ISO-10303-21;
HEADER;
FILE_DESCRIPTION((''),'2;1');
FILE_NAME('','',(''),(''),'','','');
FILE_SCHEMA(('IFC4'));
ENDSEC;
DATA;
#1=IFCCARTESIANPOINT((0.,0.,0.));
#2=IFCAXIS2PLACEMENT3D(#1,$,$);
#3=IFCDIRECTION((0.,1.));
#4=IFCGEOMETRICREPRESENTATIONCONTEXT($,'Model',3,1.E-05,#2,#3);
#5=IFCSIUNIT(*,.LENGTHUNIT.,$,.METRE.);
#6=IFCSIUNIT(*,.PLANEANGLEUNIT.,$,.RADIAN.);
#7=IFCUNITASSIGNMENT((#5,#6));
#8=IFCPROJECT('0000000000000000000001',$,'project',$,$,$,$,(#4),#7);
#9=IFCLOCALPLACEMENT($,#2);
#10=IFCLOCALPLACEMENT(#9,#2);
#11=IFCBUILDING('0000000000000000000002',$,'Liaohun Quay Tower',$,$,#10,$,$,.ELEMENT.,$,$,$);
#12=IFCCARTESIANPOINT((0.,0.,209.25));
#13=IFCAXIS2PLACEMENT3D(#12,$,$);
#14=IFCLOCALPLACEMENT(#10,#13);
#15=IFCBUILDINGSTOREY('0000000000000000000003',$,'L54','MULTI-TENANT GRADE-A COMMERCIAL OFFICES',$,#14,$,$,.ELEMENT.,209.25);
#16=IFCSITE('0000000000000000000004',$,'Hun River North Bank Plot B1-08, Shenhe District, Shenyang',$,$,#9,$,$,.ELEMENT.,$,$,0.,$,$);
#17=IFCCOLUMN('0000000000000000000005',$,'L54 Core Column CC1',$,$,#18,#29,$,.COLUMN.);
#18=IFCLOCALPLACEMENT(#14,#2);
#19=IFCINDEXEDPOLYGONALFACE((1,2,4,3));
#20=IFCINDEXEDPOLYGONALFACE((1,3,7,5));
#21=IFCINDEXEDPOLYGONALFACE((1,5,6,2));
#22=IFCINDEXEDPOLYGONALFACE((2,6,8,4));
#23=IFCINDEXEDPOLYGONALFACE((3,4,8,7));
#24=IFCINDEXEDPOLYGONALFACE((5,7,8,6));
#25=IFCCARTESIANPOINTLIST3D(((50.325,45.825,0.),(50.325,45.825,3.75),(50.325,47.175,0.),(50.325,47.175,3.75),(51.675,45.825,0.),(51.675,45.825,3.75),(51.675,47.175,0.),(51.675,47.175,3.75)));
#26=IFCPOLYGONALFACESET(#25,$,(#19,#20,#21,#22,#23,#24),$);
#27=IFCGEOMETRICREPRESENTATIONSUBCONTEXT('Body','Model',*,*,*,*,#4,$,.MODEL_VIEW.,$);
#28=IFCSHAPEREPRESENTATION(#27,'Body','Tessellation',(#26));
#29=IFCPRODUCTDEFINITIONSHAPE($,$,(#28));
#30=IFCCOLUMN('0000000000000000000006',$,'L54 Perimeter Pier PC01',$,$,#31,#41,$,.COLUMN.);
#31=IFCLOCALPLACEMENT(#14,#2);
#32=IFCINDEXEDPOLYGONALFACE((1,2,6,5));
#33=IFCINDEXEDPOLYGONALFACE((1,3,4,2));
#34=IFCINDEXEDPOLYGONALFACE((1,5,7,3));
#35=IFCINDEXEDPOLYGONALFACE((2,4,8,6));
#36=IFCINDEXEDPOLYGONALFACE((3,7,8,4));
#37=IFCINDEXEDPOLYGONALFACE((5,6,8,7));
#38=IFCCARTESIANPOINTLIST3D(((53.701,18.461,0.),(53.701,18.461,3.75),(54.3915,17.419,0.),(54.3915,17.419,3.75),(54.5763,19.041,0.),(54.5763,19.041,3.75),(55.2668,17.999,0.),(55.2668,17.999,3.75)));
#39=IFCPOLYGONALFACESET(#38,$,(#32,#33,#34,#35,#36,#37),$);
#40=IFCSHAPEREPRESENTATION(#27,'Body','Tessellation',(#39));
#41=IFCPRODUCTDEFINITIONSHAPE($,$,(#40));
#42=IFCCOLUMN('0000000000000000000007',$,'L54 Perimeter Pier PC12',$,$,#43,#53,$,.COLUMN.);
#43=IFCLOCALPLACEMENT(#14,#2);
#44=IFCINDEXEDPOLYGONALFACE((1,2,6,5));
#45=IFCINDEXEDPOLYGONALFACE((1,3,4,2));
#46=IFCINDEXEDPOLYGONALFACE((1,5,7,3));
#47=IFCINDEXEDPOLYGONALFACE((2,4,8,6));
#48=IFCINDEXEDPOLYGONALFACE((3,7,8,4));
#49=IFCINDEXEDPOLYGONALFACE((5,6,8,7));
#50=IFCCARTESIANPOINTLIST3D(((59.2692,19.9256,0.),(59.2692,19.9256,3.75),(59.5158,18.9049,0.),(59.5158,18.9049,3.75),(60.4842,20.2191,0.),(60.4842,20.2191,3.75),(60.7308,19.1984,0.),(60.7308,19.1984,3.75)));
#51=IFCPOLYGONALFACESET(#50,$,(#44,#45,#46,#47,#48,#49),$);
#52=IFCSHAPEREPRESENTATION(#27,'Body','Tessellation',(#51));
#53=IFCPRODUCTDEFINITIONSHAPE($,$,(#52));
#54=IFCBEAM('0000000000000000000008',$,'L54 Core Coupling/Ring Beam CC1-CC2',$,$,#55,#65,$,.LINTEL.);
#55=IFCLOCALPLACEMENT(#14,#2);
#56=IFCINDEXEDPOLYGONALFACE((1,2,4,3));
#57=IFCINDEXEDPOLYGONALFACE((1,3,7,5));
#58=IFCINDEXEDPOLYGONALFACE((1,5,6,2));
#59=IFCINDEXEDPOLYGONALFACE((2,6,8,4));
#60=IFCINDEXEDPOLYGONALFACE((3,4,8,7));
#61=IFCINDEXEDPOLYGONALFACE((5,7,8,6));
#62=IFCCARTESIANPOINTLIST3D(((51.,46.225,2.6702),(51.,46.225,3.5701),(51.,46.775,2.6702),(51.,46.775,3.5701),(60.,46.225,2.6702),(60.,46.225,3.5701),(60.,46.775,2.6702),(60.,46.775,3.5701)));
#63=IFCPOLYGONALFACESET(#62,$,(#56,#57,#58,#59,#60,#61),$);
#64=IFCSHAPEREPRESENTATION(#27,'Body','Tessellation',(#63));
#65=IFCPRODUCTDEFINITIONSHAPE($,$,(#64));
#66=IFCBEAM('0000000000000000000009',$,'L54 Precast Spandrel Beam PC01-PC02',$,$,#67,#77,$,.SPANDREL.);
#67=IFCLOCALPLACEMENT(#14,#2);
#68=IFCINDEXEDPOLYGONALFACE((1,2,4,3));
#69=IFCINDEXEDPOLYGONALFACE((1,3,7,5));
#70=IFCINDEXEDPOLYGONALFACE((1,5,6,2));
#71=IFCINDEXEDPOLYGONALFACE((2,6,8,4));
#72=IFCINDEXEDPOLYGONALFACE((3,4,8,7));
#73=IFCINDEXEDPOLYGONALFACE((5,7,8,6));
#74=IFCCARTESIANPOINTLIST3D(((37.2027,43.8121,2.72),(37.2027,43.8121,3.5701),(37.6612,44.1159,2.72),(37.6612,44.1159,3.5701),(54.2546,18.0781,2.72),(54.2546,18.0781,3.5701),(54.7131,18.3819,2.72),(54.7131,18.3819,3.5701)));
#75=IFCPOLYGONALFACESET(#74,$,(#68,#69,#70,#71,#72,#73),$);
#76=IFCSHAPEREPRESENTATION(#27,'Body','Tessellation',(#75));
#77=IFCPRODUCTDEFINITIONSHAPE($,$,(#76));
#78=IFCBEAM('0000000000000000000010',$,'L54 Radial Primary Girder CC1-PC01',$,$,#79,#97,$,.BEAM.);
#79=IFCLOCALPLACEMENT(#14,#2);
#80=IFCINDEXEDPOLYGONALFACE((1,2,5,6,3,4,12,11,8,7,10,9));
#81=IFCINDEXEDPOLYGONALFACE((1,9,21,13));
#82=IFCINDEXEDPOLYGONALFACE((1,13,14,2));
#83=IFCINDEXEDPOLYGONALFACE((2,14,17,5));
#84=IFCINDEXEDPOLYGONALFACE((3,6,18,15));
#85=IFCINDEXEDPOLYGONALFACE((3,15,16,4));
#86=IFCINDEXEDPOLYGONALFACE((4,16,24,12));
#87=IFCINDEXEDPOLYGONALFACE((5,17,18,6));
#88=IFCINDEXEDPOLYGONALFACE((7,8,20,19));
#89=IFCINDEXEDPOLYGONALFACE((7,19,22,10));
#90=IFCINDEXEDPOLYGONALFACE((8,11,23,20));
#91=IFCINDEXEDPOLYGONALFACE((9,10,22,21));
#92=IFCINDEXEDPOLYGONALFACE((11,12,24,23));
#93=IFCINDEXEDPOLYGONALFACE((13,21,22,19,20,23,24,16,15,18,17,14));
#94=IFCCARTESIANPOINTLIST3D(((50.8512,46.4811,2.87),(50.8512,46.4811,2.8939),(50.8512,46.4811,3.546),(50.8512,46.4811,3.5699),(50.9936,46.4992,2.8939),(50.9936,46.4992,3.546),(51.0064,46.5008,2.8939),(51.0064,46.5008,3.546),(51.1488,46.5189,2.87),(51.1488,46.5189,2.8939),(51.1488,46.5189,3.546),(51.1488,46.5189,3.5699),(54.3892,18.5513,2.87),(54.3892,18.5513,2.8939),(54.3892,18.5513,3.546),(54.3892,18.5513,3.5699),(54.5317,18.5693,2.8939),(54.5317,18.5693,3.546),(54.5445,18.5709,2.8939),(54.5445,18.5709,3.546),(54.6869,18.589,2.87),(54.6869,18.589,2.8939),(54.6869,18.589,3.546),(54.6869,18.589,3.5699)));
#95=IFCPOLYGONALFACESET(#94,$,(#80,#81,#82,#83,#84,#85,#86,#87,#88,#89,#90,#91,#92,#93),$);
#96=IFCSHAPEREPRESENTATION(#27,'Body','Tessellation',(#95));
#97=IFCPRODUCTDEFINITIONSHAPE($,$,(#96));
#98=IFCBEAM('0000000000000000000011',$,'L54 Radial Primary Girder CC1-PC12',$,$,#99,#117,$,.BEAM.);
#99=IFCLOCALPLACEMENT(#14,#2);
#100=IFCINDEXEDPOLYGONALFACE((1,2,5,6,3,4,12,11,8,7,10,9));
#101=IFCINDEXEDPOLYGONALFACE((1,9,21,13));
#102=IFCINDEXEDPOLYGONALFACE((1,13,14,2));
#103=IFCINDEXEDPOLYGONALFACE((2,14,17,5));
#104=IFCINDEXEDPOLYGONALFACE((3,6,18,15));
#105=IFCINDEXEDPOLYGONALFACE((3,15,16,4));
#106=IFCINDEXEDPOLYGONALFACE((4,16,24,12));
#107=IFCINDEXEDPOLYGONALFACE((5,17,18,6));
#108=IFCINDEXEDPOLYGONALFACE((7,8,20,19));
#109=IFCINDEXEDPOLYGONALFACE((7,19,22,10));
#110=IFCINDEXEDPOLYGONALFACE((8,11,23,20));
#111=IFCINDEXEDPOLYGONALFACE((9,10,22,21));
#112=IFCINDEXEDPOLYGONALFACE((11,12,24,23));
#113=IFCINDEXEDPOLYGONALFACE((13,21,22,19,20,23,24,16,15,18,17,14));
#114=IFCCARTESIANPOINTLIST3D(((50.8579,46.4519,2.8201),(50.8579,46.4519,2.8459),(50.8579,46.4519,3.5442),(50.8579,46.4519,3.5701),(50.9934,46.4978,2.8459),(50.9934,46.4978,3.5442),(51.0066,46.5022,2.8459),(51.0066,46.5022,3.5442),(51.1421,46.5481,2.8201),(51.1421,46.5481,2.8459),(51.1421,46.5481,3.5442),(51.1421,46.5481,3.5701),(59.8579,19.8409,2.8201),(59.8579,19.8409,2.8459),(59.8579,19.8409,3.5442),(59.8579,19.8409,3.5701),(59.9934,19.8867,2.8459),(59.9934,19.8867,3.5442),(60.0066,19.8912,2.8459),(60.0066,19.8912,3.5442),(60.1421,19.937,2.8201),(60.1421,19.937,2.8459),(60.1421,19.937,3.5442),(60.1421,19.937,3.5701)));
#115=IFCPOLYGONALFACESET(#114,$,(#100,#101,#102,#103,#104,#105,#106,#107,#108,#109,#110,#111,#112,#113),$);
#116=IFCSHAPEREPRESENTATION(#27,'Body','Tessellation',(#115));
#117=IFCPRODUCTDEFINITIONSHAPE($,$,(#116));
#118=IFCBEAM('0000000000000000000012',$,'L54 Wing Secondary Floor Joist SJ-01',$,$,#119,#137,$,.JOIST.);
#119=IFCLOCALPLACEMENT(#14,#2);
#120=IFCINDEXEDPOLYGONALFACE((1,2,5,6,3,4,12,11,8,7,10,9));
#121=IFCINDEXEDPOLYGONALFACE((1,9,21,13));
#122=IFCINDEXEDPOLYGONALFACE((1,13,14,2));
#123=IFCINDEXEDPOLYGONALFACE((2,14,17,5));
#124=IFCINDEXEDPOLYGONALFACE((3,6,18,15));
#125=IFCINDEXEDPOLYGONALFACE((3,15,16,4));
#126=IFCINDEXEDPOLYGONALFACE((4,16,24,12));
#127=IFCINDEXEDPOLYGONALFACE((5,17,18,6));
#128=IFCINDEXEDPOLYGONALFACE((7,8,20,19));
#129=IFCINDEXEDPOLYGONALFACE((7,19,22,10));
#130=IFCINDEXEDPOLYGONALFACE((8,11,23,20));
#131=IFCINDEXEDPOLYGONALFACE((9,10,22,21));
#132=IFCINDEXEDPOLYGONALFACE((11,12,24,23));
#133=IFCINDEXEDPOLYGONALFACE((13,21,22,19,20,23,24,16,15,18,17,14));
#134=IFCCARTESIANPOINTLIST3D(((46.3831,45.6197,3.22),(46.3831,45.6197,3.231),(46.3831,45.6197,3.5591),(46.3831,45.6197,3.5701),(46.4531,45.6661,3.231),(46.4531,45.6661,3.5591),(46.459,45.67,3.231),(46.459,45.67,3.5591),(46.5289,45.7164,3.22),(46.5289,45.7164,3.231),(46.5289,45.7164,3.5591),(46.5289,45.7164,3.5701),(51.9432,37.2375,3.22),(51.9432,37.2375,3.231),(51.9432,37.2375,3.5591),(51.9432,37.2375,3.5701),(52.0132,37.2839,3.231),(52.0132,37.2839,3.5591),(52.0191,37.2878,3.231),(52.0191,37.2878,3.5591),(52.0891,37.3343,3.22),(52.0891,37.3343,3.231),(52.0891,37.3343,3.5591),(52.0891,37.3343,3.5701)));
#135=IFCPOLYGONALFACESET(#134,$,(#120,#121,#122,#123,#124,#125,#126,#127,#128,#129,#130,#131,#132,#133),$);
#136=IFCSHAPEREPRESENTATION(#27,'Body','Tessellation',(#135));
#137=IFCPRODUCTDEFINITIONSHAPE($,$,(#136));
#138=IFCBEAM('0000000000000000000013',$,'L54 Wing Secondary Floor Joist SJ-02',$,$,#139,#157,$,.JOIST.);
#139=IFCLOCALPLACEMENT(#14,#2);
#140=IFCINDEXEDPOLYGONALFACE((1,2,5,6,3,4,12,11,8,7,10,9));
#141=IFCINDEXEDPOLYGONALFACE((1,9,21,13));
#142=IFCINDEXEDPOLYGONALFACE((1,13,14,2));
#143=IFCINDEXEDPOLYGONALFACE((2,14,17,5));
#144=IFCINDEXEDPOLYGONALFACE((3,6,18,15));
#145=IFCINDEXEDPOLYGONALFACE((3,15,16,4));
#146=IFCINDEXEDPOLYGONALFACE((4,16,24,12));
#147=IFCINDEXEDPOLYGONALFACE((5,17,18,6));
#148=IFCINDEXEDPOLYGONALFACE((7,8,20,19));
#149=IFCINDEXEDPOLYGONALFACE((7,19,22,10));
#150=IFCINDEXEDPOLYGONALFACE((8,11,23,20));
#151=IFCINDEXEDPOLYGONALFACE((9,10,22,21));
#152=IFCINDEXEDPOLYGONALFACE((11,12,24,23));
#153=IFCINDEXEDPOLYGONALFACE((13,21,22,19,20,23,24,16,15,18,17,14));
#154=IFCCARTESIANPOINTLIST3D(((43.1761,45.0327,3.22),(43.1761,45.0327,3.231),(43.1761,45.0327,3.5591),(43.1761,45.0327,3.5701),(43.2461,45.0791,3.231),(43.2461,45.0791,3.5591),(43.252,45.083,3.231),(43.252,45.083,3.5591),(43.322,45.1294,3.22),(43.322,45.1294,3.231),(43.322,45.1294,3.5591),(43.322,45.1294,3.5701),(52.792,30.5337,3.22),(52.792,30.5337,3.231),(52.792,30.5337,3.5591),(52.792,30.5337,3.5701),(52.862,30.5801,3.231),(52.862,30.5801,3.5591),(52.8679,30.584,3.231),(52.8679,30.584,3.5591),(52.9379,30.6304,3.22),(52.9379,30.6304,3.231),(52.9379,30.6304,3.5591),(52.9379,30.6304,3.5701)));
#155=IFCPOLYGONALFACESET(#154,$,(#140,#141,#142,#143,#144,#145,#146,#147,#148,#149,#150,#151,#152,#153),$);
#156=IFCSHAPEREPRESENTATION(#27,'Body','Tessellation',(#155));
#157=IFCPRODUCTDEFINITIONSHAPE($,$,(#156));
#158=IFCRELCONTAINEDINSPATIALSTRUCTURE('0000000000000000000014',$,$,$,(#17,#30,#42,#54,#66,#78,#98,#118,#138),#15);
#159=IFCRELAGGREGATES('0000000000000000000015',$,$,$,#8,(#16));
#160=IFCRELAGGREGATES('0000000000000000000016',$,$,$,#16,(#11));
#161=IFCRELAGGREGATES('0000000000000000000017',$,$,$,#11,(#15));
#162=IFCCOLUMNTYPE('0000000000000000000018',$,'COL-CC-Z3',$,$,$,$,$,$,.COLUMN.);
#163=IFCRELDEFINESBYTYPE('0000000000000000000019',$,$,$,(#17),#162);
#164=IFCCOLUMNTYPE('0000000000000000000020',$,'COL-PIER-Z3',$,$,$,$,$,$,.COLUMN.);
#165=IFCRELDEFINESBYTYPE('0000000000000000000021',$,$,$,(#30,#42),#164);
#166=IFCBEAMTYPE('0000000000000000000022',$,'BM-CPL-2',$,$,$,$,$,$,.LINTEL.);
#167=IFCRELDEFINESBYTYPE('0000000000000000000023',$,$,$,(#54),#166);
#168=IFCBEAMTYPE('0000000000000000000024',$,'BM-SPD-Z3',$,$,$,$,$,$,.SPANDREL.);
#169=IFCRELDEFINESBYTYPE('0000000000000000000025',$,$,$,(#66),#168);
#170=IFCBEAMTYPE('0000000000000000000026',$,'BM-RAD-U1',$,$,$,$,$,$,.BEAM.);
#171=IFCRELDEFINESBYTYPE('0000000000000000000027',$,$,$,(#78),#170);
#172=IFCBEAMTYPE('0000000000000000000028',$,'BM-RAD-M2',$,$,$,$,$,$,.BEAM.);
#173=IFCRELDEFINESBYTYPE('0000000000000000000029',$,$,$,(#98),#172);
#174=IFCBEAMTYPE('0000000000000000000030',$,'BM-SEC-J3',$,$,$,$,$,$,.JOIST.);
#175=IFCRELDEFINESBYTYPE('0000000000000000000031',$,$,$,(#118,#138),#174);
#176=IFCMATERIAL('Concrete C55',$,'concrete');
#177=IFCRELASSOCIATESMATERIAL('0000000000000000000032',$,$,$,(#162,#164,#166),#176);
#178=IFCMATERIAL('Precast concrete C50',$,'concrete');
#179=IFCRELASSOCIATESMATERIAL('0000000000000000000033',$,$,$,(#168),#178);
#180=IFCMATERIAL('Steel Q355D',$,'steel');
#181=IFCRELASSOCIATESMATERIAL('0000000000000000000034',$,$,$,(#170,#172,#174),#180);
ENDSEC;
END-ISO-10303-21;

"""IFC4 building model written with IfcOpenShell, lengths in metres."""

from ifc_helpers import new_model, si_unit, direction, frame, origin, origin_2d, place, context, subcontext, project, spatial, rectangle, i_section, extrude, source, transform, mapped, material, material_profile, profile_set, type_object, element, save


model = new_model("IFC4")

# Units and contexts
model_context = context("Model", 3, precision=1e-05, world=origin(), true_north=direction((0.0, 1.0)))
body_context = subcontext(model_context, "Body", "Model", "MODEL_VIEW")
ifc_project = project(units=[si_unit("LENGTHUNIT", "METRE"), si_unit("PLANEANGLEUNIT", "RADIAN")], contexts=[model_context])

# Site, building, storey
site_placement = place(None, origin())
site = spatial("IfcSite", under=ifc_project, at=site_placement, Name="Hun River North Bank Plot B1-08, Shenhe District, Shenyang", CompositionType="ELEMENT", RefElevation=0.0)
building_placement = place(site_placement, origin())
building = spatial("IfcBuilding", under=site, at=building_placement, Name="Liaohun Quay Tower", CompositionType="ELEMENT")
storey_placement = place(building_placement, frame((0.0, 0.0, 209.25)))
storey = spatial("IfcBuildingStorey", under=building, at=storey_placement, Name="L54", Description="MULTI-TENANT GRADE-A COMMERCIAL OFFICES", CompositionType="ELEMENT", Elevation=209.25)

# Columns
ifc_material_1 = material(Name="Concrete C55", Category="concrete")
ifc_material_profile_1 = material_profile(ifc_material_1, rectangle(XDim=1.3501, YDim=1.3501, at=origin_2d()), Name="RC1350x1350")
ifc_profile_set_1 = profile_set([ifc_material_profile_1], Name="Concrete C55")
column_type_1 = type_object("IfcColumnType", Name="COL-CC-Z3", PredefinedType="COLUMN", material=ifc_profile_set_1)
shared_shape_1 = source(origin(), body_context, "Body", "SweptSolid", [
    extrude(rectangle(XDim=1.3501, YDim=1.3501, at=origin_2d()), origin(), (0.0, 0.0, 1.0), 3.75),
])
column_placement = place(storey_placement, frame((51.0, 46.5, 0.0), z_axis=(0.0, 0.0, 1.0), x_axis=(1.0, 0.0, 0.0)))
element("IfcColumn", 1, at=column_placement, inside=storey, type_object=column_type_1, Name="L54 Core Column CC1", PredefinedType="COLUMN", context=body_context, shape_type="MappedRepresentation", body=[
    mapped(shared_shape_1, transform((0.0, 0.0, 0.0), x_axis=(1.0, 0.0, 0.0), y_axis=(0.0, 1.0, 0.0), z_axis=(0.0, 0.0, 1.0), scale=1.0)),
])
ifc_material_profile_2 = material_profile(ifc_material_1, rectangle(XDim=1.25, YDim=1.05, at=origin_2d()), Name="RC1250x1050")
ifc_profile_set_2 = profile_set([ifc_material_profile_2], Name="Concrete C55")
column_type_2 = type_object("IfcColumnType", Name="COL-PIER-Z3", PredefinedType="COLUMN", material=ifc_profile_set_2)
shared_shape_2 = source(origin(), body_context, "Body", "SweptSolid", [
    extrude(rectangle(XDim=1.25, YDim=1.05, at=origin_2d()), origin(), (0.0, 0.0, 1.0), 3.75),
])
for number, where, z_axis, x_axis, name in (
    (2, (54.4839, 18.23, 0.0), (0.0, 0.0, 1.0), (-0.552374, 0.833597, 0.0), "L54 Perimeter Pier PC01"),
    (3, (60.0, 19.562, 0.0), (0.0, 0.0, 1.0), (0.972043, 0.234803, 0.0), "L54 Perimeter Pier PC12"),
):
    element("IfcColumn", number, at=place(storey_placement, frame(where, z_axis=z_axis, x_axis=x_axis)), inside=storey, type_object=column_type_2, Name=name, PredefinedType="COLUMN", context=body_context, shape_type="MappedRepresentation", body=[
        mapped(shared_shape_2, transform((0.0, 0.0, 0.0), x_axis=(1.0, 0.0, 0.0), y_axis=(0.0, 1.0, 0.0), z_axis=(0.0, 0.0, 1.0), scale=1.0)),
    ])

# Beams
ifc_material_profile_3 = material_profile(ifc_material_1, rectangle(XDim=0.55, YDim=0.8999, at=origin_2d()), Name="RC550x900")
ifc_profile_set_3 = profile_set([ifc_material_profile_3], Name="Concrete C55")
beam_type_1 = type_object("IfcBeamType", Name="BM-CPL-2", PredefinedType="LINTEL", material=ifc_profile_set_3)
shared_shape_3 = source(origin(), body_context, "Body", "SweptSolid", [
    extrude(rectangle(XDim=0.55, YDim=0.8999, at=origin_2d()), origin(), (0.0, 0.0, 1.0), 9.0),
])
beam_1_placement = place(storey_placement, frame((51.0, 46.5, 3.1201), z_axis=(1.0, 0.0, 0.0), x_axis=(0.0, 1.0, 0.0)))
element("IfcBeam", 4, at=beam_1_placement, inside=storey, type_object=beam_type_1, Name="L54 Core Coupling/Ring Beam CC1-CC2", PredefinedType="LINTEL", context=body_context, shape_type="MappedRepresentation", body=[
    mapped(shared_shape_3, transform((0.0, 0.0, 0.0), x_axis=(1.0, 0.0, 0.0), y_axis=(0.0, 1.0, 0.0), z_axis=(0.0, 0.0, 1.0), scale=1.0)),
])
ifc_material_2 = material(Name="Precast concrete C50", Category="concrete")
ifc_material_profile_4 = material_profile(ifc_material_2, rectangle(XDim=0.55, YDim=0.8501, at=origin_2d()), Name="RC550x850")
ifc_profile_set_4 = profile_set([ifc_material_profile_4], Name="Precast concrete C50")
beam_type_2 = type_object("IfcBeamType", Name="BM-SPD-Z3", PredefinedType="SPANDREL", material=ifc_profile_set_4)
shared_shape_4 = source(origin(), body_context, "Body", "SweptSolid", [
    extrude(rectangle(XDim=0.55, YDim=0.8501, at=origin_2d()), origin(), (0.0, 0.0, 1.0), 30.8708),
])
beam_2_placement = place(storey_placement, frame((54.4839, 18.23, 3.145), z_axis=(-0.552364, 0.833603, 0.0), x_axis=(-0.833603, -0.552364, 0.0)))
element("IfcBeam", 5, at=beam_2_placement, inside=storey, type_object=beam_type_2, Name="L54 Precast Spandrel Beam PC01-PC02", PredefinedType="SPANDREL", context=body_context, shape_type="MappedRepresentation", body=[
    mapped(shared_shape_4, transform((0.0, 0.0, 0.0), x_axis=(1.0, 0.0, 0.0), y_axis=(0.0, 1.0, 0.0), z_axis=(0.0, 0.0, 1.0), scale=1.0)),
])
ifc_material_3 = material(Name="Steel Q355D", Category="steel")
ifc_material_profile_5 = material_profile(ifc_material_3, i_section(OverallWidth=0.3, OverallDepth=0.7, WebThickness=0.0129, FlangeThickness=0.0239, at=origin_2d()), Name="HN700x300x13x24")
ifc_profile_set_5 = profile_set([ifc_material_profile_5], Name="Steel Q355D")
beam_type_3 = type_object("IfcBeamType", Name="BM-RAD-U1", PredefinedType="BEAM", material=ifc_profile_set_5)
shared_shape_5 = source(origin(), body_context, "Body", "SweptSolid", [
    extrude(i_section(OverallWidth=0.3, OverallDepth=0.7, WebThickness=0.0129, FlangeThickness=0.0239, at=origin_2d()), origin(), (0.0, 0.0, 1.0), 28.1531),
])
beam_3_placement = place(storey_placement, frame((51.0, 46.5, 3.22), z_axis=(0.125673, -0.992072, 0.0), x_axis=(0.992072, 0.125673, 0.0)))
element("IfcBeam", 6, at=beam_3_placement, inside=storey, type_object=beam_type_3, Name="L54 Radial Primary Girder CC1-PC01", PredefinedType="BEAM", context=body_context, shape_type="MappedRepresentation", body=[
    mapped(shared_shape_5, transform((0.0, 0.0, 0.0), x_axis=(1.0, 0.0, 0.0), y_axis=(0.0, 1.0, 0.0), z_axis=(0.0, 0.0, 1.0), scale=1.0)),
])
ifc_material_profile_6 = material_profile(ifc_material_3, i_section(OverallWidth=0.3, OverallDepth=0.75, WebThickness=0.0139, FlangeThickness=0.0259, at=origin_2d()), Name="HN750x300x14x26")
ifc_profile_set_6 = profile_set([ifc_material_profile_6], Name="Steel Q355D")
beam_type_4 = type_object("IfcBeamType", Name="BM-RAD-M2", PredefinedType="BEAM", material=ifc_profile_set_6)
shared_shape_6 = source(origin(), body_context, "Body", "SweptSolid", [
    extrude(i_section(OverallWidth=0.3, OverallDepth=0.75, WebThickness=0.0139, FlangeThickness=0.0259, at=origin_2d()), origin(), (0.0, 0.0, 1.0), 28.0918),
])
beam_4_placement = place(storey_placement, frame((51.0, 46.5, 3.1951), z_axis=(0.320378, -0.94729, 0.0), x_axis=(0.94729, 0.320378, 0.0)))
element("IfcBeam", 7, at=beam_4_placement, inside=storey, type_object=beam_type_4, Name="L54 Radial Primary Girder CC1-PC12", PredefinedType="BEAM", context=body_context, shape_type="MappedRepresentation", body=[
    mapped(shared_shape_6, transform((0.0, 0.0, 0.0), x_axis=(1.0, 0.0, 0.0), y_axis=(0.0, 1.0, 0.0), z_axis=(0.0, 0.0, 1.0), scale=1.0)),
])
ifc_material_profile_7 = material_profile(ifc_material_3, i_section(OverallWidth=0.175, OverallDepth=0.3501, WebThickness=0.0071, FlangeThickness=0.011, at=origin_2d()), Name="HN350x175x7x11")
ifc_profile_set_7 = profile_set([ifc_material_profile_7], Name="Steel Q355D")
beam_type_5 = type_object("IfcBeamType", Name="BM-SEC-J3", PredefinedType="JOIST", material=ifc_profile_set_7)
shared_shape_7 = source(origin(), body_context, "Body", "SweptSolid", [
    extrude(i_section(OverallWidth=0.175, OverallDepth=0.3501, WebThickness=0.0071, FlangeThickness=0.011, at=origin_2d()), origin(), (0.0, 0.0, 1.0), 10.0586),
])
beam_5_placement = place(storey_placement, frame((52.0161, 37.2859, 3.395), z_axis=(-0.552772, 0.833333, 0.0), x_axis=(-0.833333, -0.552772, 0.0)))
element("IfcBeam", 8, at=beam_5_placement, inside=storey, type_object=beam_type_5, Name="L54 Wing Secondary Floor Joist SJ-01", PredefinedType="JOIST", context=body_context, shape_type="MappedRepresentation", body=[
    mapped(shared_shape_7, transform((0.0, 0.0, 0.0), x_axis=(1.0, 0.0, 0.0), y_axis=(0.0, 1.0, 0.0), z_axis=(0.0, 0.0, 1.0), scale=1.0)),
])
shared_shape_8 = source(origin(), body_context, "Body", "SweptSolid", [
    extrude(i_section(OverallWidth=0.175, OverallDepth=0.3501, WebThickness=0.0071, FlangeThickness=0.011, at=origin_2d()), origin(), (0.0, 0.0, 1.0), 17.3979),
])
beam_6_placement = place(storey_placement, frame((52.865, 30.582, 3.395), z_axis=(-0.552707, 0.833376, 0.0), x_axis=(-0.833376, -0.552707, 0.0)))
element("IfcBeam", 9, at=beam_6_placement, inside=storey, type_object=beam_type_5, Name="L54 Wing Secondary Floor Joist SJ-02", PredefinedType="JOIST", context=body_context, shape_type="MappedRepresentation", body=[
    mapped(shared_shape_8, transform((0.0, 0.0, 0.0), x_axis=(1.0, 0.0, 0.0), y_axis=(0.0, 1.0, 0.0), z_axis=(0.0, 0.0, 1.0), scale=1.0)),
])

save(model, "model.ifc")
